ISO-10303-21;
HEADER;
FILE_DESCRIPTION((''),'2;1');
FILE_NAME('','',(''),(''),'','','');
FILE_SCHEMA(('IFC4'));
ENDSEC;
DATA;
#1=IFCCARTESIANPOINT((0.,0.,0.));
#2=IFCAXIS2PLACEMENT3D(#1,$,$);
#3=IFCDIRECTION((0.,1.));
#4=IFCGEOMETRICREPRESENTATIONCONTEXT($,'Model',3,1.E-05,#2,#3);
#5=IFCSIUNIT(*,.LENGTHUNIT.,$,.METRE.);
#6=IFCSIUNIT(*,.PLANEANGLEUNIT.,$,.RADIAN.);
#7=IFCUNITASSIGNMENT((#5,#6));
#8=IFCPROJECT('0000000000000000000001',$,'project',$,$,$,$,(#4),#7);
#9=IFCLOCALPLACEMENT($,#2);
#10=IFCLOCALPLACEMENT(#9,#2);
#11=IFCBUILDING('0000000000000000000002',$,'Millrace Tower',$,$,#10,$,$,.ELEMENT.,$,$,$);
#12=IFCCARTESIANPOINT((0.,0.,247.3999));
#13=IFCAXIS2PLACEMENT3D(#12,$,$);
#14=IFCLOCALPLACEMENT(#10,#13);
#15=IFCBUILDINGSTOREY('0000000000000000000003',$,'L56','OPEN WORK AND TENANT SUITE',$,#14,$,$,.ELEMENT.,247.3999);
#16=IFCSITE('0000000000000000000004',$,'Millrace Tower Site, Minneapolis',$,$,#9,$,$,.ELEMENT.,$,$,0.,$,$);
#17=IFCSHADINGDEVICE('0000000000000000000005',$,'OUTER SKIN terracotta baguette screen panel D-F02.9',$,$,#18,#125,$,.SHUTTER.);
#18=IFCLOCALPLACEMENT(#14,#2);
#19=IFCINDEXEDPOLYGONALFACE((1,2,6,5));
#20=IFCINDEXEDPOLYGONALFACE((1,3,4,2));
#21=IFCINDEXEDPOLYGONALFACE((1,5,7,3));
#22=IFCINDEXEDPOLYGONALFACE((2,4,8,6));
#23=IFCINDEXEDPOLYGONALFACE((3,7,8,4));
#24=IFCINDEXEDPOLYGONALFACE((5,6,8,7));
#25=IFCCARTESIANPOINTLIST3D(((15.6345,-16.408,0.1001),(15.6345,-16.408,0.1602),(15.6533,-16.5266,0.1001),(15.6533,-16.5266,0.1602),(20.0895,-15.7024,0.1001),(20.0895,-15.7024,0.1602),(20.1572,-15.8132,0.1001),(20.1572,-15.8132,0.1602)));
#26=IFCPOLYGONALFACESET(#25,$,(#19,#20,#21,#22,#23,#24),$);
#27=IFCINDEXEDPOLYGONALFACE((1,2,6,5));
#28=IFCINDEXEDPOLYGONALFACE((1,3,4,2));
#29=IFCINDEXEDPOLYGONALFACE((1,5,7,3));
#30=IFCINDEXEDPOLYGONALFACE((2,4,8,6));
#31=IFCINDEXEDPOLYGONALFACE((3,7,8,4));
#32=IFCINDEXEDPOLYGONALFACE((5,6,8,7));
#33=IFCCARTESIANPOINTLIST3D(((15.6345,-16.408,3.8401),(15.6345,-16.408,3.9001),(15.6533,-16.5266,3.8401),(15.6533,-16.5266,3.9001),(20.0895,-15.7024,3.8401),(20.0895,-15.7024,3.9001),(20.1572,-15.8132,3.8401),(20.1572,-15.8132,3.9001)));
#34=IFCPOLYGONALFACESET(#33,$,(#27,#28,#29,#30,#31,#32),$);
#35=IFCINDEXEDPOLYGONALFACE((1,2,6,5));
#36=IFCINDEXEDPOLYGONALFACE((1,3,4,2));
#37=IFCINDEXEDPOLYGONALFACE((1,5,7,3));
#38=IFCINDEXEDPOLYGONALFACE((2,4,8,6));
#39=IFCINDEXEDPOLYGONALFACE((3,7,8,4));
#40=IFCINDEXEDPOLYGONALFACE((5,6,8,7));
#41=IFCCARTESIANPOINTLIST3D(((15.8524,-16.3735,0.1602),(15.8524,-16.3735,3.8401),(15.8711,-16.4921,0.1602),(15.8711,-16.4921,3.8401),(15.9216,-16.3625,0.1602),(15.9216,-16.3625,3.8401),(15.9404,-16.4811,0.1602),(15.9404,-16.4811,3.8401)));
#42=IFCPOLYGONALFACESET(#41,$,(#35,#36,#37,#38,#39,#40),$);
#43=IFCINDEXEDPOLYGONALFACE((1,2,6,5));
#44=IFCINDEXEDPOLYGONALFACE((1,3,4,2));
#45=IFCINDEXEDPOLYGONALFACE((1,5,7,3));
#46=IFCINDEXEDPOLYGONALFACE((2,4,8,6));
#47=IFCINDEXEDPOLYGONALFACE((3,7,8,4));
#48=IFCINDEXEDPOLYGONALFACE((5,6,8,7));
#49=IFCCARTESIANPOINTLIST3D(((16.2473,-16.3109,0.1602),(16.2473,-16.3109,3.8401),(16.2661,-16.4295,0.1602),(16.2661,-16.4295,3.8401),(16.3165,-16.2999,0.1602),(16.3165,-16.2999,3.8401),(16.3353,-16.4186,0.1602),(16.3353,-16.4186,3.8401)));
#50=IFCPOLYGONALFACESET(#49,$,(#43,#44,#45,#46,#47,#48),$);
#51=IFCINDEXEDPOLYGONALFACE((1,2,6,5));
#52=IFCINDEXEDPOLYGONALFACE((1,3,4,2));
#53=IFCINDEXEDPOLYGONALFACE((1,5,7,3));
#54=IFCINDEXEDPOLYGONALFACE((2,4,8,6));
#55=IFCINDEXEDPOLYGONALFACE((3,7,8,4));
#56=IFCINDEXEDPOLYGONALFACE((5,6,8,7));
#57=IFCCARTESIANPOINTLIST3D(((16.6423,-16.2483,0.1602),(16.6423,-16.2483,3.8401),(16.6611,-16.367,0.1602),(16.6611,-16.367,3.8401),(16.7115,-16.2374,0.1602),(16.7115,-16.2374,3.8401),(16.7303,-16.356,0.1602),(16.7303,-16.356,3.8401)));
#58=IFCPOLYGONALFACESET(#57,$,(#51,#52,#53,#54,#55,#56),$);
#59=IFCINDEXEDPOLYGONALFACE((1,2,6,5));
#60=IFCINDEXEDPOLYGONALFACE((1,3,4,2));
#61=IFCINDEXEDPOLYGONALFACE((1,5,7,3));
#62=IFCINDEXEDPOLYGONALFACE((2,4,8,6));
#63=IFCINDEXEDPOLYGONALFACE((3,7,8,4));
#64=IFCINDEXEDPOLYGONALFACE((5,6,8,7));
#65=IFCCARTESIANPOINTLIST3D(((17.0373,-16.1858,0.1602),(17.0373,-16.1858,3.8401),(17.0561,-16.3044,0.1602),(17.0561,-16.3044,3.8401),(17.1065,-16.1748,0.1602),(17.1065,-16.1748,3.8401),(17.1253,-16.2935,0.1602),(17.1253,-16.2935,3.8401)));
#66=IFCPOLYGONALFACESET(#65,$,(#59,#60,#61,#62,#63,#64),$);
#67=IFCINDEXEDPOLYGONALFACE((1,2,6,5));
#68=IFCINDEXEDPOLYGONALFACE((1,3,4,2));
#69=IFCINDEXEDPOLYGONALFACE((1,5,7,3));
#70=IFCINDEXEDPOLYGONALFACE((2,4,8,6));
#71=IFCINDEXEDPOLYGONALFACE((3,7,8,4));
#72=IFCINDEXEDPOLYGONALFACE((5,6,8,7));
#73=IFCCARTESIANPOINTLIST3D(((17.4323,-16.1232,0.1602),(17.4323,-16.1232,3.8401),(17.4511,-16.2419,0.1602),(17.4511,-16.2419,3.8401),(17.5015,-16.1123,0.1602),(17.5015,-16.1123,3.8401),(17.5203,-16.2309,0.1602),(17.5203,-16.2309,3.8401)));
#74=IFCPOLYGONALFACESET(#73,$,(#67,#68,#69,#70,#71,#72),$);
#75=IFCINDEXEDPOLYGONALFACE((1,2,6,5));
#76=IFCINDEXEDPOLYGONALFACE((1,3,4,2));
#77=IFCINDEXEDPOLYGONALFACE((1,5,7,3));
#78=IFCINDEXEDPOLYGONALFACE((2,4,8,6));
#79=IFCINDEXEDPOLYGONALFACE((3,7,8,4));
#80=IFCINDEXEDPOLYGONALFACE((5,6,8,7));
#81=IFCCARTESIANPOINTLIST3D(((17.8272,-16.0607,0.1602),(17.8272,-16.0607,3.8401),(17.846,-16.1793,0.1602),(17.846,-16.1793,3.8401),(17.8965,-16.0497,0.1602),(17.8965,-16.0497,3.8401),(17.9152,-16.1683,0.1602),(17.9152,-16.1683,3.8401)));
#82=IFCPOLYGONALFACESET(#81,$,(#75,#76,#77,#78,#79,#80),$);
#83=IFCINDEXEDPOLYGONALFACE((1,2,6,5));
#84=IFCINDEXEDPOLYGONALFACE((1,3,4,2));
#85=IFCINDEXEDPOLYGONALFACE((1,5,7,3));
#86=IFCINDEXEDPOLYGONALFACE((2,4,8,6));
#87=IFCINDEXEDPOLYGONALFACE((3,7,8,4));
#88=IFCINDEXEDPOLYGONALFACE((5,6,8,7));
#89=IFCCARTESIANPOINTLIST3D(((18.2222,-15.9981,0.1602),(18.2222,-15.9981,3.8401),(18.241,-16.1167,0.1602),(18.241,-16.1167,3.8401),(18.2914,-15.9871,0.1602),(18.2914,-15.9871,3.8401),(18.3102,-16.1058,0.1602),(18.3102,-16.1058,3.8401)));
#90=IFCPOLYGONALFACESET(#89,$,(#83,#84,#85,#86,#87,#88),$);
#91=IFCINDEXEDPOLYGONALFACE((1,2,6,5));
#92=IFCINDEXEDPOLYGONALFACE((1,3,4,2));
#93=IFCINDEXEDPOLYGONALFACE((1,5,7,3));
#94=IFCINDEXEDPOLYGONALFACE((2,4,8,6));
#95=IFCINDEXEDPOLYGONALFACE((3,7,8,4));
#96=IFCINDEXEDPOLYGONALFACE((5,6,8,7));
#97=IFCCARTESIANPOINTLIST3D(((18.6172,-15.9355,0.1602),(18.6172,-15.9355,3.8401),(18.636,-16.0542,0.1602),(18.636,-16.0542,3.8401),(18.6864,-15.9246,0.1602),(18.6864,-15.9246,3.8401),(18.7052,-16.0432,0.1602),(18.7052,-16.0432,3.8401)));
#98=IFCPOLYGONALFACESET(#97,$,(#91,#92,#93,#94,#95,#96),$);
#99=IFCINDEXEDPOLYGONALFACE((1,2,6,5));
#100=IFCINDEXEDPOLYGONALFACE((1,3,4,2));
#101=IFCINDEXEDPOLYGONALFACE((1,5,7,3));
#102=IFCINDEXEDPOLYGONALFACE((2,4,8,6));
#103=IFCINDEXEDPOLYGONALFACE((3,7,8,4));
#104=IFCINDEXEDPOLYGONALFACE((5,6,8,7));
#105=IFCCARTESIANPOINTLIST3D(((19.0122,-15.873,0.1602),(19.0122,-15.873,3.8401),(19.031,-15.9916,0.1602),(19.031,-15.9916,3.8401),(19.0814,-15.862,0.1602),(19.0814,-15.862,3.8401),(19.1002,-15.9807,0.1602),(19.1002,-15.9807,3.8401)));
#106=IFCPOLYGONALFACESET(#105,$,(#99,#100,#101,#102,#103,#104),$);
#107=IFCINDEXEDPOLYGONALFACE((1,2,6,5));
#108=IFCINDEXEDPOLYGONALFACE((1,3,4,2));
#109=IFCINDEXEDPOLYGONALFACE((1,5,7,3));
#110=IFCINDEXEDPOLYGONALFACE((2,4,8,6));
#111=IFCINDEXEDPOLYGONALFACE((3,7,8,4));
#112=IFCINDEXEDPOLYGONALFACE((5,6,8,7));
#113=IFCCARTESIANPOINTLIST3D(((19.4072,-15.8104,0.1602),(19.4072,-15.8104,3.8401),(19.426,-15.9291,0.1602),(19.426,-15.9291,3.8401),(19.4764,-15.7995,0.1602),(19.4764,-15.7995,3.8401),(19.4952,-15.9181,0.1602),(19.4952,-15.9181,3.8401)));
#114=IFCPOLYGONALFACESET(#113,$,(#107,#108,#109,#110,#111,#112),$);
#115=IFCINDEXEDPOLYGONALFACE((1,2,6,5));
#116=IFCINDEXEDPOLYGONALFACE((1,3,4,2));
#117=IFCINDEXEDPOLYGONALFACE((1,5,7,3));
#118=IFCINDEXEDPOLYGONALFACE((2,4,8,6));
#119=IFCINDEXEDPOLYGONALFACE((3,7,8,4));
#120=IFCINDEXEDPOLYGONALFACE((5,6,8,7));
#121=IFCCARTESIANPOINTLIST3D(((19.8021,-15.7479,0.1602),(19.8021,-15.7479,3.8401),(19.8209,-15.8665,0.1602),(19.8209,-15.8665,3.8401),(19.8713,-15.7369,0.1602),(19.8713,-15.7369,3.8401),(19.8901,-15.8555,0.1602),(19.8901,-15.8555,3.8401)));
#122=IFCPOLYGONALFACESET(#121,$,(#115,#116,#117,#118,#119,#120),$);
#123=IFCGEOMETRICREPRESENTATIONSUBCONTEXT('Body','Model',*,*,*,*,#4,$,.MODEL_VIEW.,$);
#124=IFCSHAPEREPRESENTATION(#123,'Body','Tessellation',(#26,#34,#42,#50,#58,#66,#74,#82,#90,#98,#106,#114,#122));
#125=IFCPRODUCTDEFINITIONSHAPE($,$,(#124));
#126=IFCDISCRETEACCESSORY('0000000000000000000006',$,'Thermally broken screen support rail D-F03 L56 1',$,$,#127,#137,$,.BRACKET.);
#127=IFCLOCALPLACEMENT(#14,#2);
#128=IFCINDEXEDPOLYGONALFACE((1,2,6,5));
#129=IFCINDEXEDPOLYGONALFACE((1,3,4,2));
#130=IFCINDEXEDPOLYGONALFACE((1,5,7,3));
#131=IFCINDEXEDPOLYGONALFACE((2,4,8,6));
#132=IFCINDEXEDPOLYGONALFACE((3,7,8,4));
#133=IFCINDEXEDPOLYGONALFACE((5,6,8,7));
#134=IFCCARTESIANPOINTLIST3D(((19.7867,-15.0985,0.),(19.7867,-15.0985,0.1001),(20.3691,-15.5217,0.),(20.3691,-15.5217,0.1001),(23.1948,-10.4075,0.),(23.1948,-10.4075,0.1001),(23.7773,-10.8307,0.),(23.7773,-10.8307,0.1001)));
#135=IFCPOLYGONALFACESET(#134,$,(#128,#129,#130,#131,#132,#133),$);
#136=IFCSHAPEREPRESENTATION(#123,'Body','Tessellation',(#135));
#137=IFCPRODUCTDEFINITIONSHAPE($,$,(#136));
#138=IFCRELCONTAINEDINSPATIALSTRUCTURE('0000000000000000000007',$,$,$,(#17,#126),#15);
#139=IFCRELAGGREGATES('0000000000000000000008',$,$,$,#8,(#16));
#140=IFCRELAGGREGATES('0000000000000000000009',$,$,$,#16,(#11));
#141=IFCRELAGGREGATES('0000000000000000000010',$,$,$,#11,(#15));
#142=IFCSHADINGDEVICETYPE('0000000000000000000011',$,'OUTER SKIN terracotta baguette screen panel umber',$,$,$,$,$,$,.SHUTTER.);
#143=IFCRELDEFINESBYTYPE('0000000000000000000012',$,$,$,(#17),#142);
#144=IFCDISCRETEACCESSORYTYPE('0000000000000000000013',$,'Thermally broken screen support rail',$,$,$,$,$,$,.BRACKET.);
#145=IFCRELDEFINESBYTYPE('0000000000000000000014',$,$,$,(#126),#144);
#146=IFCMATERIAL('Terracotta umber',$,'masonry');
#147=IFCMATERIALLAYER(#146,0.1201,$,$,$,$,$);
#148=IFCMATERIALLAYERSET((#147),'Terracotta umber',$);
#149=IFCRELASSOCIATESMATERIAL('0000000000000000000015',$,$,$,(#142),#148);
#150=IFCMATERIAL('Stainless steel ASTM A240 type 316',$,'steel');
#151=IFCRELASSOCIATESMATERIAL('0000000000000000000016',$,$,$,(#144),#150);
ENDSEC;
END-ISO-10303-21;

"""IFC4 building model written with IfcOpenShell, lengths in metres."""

from ifc_helpers import new_model, entity, si_unit, direction, frame, frame_2d, origin, origin_2d, place, context, subcontext, project, spatial, rectangle, extrude, source, transform, mapped, material, layer, layer_set, type_object, element, save


model = new_model("IFC4")

# Units and contexts
model_context = context("Model", 3, precision=1e-05, world=origin(), true_north=direction((0.0, 1.0)))
body_context = subcontext(model_context, "Body", "Model", "MODEL_VIEW")
ifc_project = project(units=[si_unit("LENGTHUNIT", "METRE"), si_unit("PLANEANGLEUNIT", "RADIAN")], contexts=[model_context])

# Site, building, storey
site_placement = place(None, origin())
site = spatial("IfcSite", under=ifc_project, at=site_placement, Name="Millrace Tower Site, Minneapolis", CompositionType="ELEMENT", RefElevation=0.0)
building_placement = place(site_placement, origin())
building = spatial("IfcBuilding", under=site, at=building_placement, Name="Millrace Tower", CompositionType="ELEMENT")
storey_placement = place(building_placement, frame((0.0, 0.0, 247.3999)))
storey = spatial("IfcBuildingStorey", under=building, at=storey_placement, Name="L56", Description="OPEN WORK AND TENANT SUITE", CompositionType="ELEMENT", Elevation=247.3999)

# Shading device
ifc_material_1 = material(Name="Terracotta umber", Category="masonry")
ifc_layer_1 = layer(ifc_material_1, 0.1201)
ifc_layer_set_1 = layer_set([ifc_layer_1], Name="Terracotta umber")
shading_device_type = type_object("IfcShadingDeviceType", Name="OUTER SKIN terracotta baguette screen panel umber", PredefinedType="SHUTTER", material=ifc_layer_set_1)
cartesian_point_1 = entity("IfcCartesianPoint", [-2.2676, 0.0601])
shared_polyline_1 = entity("IfcPolyline", [cartesian_point_1, entity("IfcCartesianPoint", [2.2429, 0.0601]), entity("IfcCartesianPoint", [2.2925, -0.0601]), entity("IfcCartesianPoint", [-2.2676, -0.0601]), cartesian_point_1])
shared_shape_1 = source(origin(), body_context, "Body", "SweptSolid", [
    entity("IfcExtrudedAreaSolid", entity("IfcArbitraryClosedProfileDef", "AREA", None, shared_polyline_1), entity("IfcAxis2Placement3D", entity("IfcCartesianPoint", [0.0, 0.0, 0.0])), entity("IfcDirection", [0.0, 0.0, 1.0]), 0.0601),
    entity("IfcExtrudedAreaSolid", entity("IfcArbitraryClosedProfileDef", "AREA", None, shared_polyline_1), entity("IfcAxis2Placement3D", entity("IfcCartesianPoint", [0.0, 0.0, 3.74])), entity("IfcDirection", [0.0, 0.0, 1.0]), 0.0601),
    extrude(rectangle(XDim=0.0701, YDim=0.1201, at=frame_2d((-2.012, 0.0))), frame((0.0, 0.0, 0.0601)), (0.0, 0.0, 1.0), 3.6799),
    extrude(rectangle(XDim=0.0701, YDim=0.1201, at=frame_2d((-1.6121, 0.0))), frame((0.0, 0.0, 0.0601)), (0.0, 0.0, 1.0), 3.6799),
    extrude(rectangle(XDim=0.0701, YDim=0.1201, at=frame_2d((-1.2122, 0.0))), frame((0.0, 0.0, 0.0601)), (0.0, 0.0, 1.0), 3.6799),
    extrude(rectangle(XDim=0.0701, YDim=0.1201, at=frame_2d((-0.8123, 0.0))), frame((0.0, 0.0, 0.0601)), (0.0, 0.0, 1.0), 3.6799),
    extrude(rectangle(XDim=0.0701, YDim=0.1201, at=frame_2d((-0.4124, 0.0))), frame((0.0, 0.0, 0.0601)), (0.0, 0.0, 1.0), 3.6799),
    extrude(rectangle(XDim=0.0701, YDim=0.1201, at=frame_2d((-0.0125, 0.0))), frame((0.0, 0.0, 0.0601)), (0.0, 0.0, 1.0), 3.6799),
    extrude(rectangle(XDim=0.0701, YDim=0.1201, at=frame_2d((0.3875, 0.0))), frame((0.0, 0.0, 0.0601)), (0.0, 0.0, 1.0), 3.6799),
    extrude(rectangle(XDim=0.0701, YDim=0.1201, at=frame_2d((0.7874, 0.0))), frame((0.0, 0.0, 0.0601)), (0.0, 0.0, 1.0), 3.6799),
    extrude(rectangle(XDim=0.0701, YDim=0.1201, at=frame_2d((1.1873, 0.0))), frame((0.0, 0.0, 0.0601)), (0.0, 0.0, 1.0), 3.6799),
    extrude(rectangle(XDim=0.0701, YDim=0.1201, at=frame_2d((1.5872, 0.0))), frame((0.0, 0.0, 0.0601)), (0.0, 0.0, 1.0), 3.6799),
    extrude(rectangle(XDim=0.0701, YDim=0.1201, at=frame_2d((1.9871, 0.0))), frame((0.0, 0.0, 0.0601)), (0.0, 0.0, 1.0), 3.6799),
])
shading_device_1_placement = place(storey_placement, frame((17.8835, -16.1125, 0.1001), z_axis=(0.0, 0.0, 1.0), x_axis=(0.987688, 0.156434, 0.0)))
element("IfcShadingDevice", 1, at=shading_device_1_placement, inside=storey, type_object=shading_device_type, Name="OUTER SKIN terracotta baguette screen panel D-F02.9", PredefinedType="SHUTTER", context=body_context, shape_type="MappedRepresentation", body=[
    mapped(shared_shape_1, transform((0.0, 0.0, 0.0), scale=1.0)),
])

# Discrete accessory
ifc_material_2 = material(Name="Stainless steel ASTM A240 type 316", Category="steel")
discrete_accessory_type = type_object("IfcDiscreteAccessoryType", Name="Thermally broken screen support rail", PredefinedType="BRACKET", material=ifc_material_2)
discrete_accessory_placement = place(storey_placement, frame((21.782, -12.9646, 0.0), z_axis=(0.0, 0.0, 1.0), x_axis=(0.587785, 0.809017, 0.0)))
element("IfcDiscreteAccessory", 2, at=discrete_accessory_placement, inside=storey, type_object=discrete_accessory_type, Name="Thermally broken screen support rail D-F03 L56 1", PredefinedType="BRACKET", context=body_context, shape_type="SweptSolid", body=[
    extrude(rectangle(XDim=5.7983, YDim=0.72, at=origin_2d()), origin(), (0.0, 0.0, 1.0), 0.1001),
])

save(model, "model.ifc")
